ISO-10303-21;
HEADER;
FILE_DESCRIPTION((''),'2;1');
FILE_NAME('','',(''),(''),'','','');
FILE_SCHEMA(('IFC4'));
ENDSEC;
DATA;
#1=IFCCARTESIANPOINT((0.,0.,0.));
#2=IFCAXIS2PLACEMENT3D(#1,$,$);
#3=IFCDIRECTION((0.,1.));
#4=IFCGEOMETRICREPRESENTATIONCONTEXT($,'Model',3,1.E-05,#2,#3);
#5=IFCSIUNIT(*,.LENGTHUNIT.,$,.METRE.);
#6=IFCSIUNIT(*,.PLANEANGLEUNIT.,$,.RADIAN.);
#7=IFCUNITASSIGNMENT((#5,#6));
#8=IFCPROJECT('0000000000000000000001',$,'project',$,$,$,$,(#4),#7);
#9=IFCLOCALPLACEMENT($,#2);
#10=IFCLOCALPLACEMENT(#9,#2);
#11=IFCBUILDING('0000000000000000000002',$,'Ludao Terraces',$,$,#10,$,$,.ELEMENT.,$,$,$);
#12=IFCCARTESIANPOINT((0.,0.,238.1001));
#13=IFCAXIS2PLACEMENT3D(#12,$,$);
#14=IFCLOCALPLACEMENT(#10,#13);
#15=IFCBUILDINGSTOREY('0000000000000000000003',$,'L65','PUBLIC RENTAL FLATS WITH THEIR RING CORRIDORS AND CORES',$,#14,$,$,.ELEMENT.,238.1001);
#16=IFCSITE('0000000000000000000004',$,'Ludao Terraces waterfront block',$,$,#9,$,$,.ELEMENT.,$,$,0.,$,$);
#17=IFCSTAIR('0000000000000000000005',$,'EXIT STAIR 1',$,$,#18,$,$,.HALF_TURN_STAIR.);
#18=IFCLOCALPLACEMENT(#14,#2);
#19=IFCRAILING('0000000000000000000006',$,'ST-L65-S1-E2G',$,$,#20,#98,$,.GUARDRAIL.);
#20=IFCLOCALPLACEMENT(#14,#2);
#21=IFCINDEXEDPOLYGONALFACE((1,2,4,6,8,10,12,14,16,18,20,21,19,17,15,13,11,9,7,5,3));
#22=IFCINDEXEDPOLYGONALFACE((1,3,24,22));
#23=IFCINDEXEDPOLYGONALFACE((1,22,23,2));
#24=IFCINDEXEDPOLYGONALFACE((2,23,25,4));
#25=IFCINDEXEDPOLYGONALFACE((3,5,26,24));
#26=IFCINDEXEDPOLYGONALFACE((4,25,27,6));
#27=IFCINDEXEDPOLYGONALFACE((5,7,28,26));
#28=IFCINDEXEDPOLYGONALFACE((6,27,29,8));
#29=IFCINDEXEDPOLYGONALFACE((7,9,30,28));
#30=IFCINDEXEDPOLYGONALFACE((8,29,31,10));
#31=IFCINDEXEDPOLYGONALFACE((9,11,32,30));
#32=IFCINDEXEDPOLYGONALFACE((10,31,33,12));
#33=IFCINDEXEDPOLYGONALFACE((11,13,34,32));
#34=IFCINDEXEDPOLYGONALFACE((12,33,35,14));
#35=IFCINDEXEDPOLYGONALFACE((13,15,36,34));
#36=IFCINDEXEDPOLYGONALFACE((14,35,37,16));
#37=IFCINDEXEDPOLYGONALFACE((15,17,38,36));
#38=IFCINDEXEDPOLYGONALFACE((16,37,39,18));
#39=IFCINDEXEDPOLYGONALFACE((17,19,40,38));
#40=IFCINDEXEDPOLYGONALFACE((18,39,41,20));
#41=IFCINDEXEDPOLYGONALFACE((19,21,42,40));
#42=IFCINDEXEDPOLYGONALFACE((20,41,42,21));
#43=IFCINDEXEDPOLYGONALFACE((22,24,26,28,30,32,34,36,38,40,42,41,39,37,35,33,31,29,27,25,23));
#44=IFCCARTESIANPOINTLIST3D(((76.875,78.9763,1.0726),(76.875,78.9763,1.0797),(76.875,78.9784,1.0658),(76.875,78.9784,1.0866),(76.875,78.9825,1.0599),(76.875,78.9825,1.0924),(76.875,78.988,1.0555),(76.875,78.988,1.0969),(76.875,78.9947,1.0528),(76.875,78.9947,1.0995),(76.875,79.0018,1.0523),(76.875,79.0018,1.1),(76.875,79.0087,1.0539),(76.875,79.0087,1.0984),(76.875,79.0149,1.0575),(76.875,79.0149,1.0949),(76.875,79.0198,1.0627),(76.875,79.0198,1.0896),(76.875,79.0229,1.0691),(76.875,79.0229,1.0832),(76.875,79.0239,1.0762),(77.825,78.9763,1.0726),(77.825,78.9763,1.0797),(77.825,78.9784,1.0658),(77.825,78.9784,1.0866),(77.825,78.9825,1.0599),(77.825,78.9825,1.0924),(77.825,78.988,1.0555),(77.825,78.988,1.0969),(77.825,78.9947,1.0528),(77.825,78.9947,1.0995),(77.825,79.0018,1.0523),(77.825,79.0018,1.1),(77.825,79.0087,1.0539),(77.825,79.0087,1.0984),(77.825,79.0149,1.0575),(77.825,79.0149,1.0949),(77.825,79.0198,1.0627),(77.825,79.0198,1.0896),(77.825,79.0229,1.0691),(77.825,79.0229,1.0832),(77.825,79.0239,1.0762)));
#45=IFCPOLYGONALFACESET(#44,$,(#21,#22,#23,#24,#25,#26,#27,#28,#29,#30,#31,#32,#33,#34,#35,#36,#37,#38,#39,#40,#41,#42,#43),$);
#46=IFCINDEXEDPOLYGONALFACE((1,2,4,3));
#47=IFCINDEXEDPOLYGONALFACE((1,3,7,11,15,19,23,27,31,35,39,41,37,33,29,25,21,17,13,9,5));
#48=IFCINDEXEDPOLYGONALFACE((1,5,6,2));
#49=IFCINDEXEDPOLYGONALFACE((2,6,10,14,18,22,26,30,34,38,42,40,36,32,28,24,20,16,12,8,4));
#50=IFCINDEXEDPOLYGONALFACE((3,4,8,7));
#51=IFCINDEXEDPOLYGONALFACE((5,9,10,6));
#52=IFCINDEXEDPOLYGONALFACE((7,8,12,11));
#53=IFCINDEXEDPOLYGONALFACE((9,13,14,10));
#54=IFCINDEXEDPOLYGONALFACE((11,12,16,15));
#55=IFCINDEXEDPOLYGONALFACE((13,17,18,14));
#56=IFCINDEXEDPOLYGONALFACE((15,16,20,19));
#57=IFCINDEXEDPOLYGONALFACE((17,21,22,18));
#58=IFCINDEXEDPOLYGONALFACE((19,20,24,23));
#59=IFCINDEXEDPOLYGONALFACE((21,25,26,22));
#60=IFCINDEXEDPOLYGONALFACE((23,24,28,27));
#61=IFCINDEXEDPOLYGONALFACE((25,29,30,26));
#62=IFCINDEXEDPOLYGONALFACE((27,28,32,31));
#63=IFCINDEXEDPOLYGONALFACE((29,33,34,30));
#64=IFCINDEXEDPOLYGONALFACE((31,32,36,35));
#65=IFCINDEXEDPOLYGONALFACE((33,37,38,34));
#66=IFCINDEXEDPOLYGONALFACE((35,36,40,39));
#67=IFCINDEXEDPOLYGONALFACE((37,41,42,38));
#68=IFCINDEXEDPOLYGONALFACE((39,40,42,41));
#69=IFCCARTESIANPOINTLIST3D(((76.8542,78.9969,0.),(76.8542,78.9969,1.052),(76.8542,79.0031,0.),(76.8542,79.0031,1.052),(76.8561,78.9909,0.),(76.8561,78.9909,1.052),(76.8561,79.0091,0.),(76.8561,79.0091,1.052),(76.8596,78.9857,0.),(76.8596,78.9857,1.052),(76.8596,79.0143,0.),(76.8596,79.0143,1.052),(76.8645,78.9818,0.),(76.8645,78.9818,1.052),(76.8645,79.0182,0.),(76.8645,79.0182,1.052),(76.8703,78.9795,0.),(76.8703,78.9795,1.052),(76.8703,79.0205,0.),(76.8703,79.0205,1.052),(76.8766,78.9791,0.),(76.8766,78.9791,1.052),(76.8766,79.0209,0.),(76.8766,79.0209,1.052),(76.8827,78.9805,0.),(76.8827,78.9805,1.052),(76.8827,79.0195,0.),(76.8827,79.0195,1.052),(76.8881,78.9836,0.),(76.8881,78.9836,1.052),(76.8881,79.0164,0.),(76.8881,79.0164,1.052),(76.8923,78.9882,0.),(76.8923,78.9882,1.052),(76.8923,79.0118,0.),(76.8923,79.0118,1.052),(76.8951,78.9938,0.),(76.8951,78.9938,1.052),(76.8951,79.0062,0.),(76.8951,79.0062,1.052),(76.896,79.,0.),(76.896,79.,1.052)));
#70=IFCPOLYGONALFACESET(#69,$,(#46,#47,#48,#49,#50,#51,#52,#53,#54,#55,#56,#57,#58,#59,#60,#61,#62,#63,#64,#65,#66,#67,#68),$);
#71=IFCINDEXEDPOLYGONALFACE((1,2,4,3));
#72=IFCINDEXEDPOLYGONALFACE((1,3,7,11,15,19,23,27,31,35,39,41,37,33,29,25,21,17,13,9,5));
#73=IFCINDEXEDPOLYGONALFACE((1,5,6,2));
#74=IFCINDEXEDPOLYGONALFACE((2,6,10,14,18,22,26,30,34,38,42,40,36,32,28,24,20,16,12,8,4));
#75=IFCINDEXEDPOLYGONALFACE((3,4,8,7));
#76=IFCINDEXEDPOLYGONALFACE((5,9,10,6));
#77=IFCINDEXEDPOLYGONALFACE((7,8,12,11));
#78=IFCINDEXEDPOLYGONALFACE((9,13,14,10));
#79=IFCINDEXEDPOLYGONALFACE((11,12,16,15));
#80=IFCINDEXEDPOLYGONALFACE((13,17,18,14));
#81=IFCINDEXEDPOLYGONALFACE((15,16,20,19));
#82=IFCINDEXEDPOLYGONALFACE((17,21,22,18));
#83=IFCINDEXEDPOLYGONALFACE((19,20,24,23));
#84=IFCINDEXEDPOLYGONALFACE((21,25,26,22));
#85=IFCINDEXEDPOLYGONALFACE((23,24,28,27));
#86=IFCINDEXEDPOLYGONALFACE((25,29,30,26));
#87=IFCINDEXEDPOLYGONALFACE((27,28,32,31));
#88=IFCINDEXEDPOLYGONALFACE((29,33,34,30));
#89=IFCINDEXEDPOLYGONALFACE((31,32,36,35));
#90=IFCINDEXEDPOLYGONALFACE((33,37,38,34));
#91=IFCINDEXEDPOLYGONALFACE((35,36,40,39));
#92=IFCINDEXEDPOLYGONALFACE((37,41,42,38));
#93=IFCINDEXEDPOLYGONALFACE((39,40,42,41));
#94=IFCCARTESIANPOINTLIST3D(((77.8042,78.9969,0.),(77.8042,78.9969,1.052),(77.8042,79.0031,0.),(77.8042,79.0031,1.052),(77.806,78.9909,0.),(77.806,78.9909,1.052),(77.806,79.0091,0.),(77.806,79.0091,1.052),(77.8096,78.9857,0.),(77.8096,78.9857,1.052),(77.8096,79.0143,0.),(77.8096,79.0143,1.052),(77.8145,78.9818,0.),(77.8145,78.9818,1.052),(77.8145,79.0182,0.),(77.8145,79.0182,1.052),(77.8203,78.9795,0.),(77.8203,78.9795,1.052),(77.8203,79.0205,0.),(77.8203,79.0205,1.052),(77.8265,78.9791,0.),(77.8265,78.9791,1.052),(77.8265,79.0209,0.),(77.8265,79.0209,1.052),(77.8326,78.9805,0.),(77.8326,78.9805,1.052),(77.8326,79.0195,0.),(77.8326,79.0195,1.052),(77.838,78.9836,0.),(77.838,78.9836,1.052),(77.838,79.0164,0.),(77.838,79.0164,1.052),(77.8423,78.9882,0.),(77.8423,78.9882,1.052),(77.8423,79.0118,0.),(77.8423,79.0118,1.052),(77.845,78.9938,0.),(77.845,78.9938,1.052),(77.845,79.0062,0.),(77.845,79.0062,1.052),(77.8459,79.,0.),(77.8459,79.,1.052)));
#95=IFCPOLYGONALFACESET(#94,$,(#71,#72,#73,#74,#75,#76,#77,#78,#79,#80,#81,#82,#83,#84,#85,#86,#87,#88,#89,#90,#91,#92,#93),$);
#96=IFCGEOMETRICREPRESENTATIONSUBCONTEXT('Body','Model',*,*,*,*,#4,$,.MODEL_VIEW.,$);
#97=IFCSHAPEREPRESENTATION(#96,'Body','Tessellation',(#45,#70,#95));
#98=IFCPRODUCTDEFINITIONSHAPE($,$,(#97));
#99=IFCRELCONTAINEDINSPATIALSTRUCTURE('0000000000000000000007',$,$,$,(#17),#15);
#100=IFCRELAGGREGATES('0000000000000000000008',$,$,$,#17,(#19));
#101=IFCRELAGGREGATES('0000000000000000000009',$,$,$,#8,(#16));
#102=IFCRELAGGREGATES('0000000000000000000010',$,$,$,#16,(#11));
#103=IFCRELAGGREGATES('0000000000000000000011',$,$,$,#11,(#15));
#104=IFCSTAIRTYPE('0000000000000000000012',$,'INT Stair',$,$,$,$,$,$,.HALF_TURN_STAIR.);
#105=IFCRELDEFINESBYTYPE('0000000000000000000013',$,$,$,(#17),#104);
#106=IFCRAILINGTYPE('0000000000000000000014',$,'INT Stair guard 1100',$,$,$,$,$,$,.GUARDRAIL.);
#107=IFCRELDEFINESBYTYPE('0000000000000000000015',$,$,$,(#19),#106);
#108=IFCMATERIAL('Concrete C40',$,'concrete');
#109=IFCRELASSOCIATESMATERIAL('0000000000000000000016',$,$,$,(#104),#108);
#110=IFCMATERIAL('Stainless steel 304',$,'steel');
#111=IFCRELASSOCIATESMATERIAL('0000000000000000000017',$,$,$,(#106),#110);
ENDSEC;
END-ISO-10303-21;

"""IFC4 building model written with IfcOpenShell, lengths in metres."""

from ifc_helpers import new_model, si_unit, direction, frame, origin, origin_2d, place, context, subcontext, project, spatial, circle, extrude, material, type_object, element, aggregate, save


model = new_model("IFC4")

# Units and contexts
model_context = context("Model", 3, precision=1e-05, world=origin(), true_north=direction((0.0, 1.0)))
body_context = subcontext(model_context, "Body", "Model", "MODEL_VIEW")
ifc_project = project(units=[si_unit("LENGTHUNIT", "METRE"), si_unit("PLANEANGLEUNIT", "RADIAN")], contexts=[model_context])

# Site, building, storey
site_placement = place(None, origin())
site = spatial("IfcSite", under=ifc_project, at=site_placement, Name="Ludao Terraces waterfront block", CompositionType="ELEMENT", RefElevation=0.0)
building_placement = place(site_placement, origin())
building = spatial("IfcBuilding", under=site, at=building_placement, Name="Ludao Terraces", CompositionType="ELEMENT")
storey_placement = place(building_placement, frame((0.0, 0.0, 238.1001)))
storey = spatial("IfcBuildingStorey", under=building, at=storey_placement, Name="L65", Description="PUBLIC RENTAL FLATS WITH THEIR RING CORRIDORS AND CORES", CompositionType="ELEMENT", Elevation=238.1001)

# Shared definitions
ifc_material_1 = material(Name="Concrete C40", Category="concrete")

# Shared definitions
ifc_material_2 = material(Name="Stainless steel 304", Category="steel")

# Stair, railing
stair_type = type_object("IfcStairType", Name="INT Stair", PredefinedType="HALF_TURN_STAIR", material=ifc_material_1)
stair_placement = place(storey_placement, origin())
stair = element("IfcStair", 1, at=stair_placement, inside=storey, type_object=stair_type, Name="EXIT STAIR 1", PredefinedType="HALF_TURN_STAIR")
railing_type_1 = type_object("IfcRailingType", Name="INT Stair guard 1100", PredefinedType="GUARDRAIL", material=ifc_material_2)
railing_1_placement = place(storey_placement, frame((76.875, 79.0, 0.0)))
railing_1 = element("IfcRailing", 2, at=railing_1_placement, type_object=railing_type_1, Name="ST-L65-S1-E2G", PredefinedType="GUARDRAIL", context=body_context, shape_type="SweptSolid", body=[
    extrude(circle(Radius=0.0239, at=origin_2d()), frame((0.0, 0.0, 1.0762), z_axis=(1.0, 0.0, 0.0), x_axis=(0.0, 1.0, 0.0)), (0.0, 0.0, 1.0), 0.95),
    extrude(circle(Radius=0.021, at=origin_2d()), origin(), (0.0, 0.0, 1.0), 1.052),
    extrude(circle(Radius=0.021, at=origin_2d()), frame((0.95, 0.0, 0.0)), (0.0, 0.0, 1.0), 1.052),
])
aggregate(stair, [railing_1])

save(model, "model.ifc")
